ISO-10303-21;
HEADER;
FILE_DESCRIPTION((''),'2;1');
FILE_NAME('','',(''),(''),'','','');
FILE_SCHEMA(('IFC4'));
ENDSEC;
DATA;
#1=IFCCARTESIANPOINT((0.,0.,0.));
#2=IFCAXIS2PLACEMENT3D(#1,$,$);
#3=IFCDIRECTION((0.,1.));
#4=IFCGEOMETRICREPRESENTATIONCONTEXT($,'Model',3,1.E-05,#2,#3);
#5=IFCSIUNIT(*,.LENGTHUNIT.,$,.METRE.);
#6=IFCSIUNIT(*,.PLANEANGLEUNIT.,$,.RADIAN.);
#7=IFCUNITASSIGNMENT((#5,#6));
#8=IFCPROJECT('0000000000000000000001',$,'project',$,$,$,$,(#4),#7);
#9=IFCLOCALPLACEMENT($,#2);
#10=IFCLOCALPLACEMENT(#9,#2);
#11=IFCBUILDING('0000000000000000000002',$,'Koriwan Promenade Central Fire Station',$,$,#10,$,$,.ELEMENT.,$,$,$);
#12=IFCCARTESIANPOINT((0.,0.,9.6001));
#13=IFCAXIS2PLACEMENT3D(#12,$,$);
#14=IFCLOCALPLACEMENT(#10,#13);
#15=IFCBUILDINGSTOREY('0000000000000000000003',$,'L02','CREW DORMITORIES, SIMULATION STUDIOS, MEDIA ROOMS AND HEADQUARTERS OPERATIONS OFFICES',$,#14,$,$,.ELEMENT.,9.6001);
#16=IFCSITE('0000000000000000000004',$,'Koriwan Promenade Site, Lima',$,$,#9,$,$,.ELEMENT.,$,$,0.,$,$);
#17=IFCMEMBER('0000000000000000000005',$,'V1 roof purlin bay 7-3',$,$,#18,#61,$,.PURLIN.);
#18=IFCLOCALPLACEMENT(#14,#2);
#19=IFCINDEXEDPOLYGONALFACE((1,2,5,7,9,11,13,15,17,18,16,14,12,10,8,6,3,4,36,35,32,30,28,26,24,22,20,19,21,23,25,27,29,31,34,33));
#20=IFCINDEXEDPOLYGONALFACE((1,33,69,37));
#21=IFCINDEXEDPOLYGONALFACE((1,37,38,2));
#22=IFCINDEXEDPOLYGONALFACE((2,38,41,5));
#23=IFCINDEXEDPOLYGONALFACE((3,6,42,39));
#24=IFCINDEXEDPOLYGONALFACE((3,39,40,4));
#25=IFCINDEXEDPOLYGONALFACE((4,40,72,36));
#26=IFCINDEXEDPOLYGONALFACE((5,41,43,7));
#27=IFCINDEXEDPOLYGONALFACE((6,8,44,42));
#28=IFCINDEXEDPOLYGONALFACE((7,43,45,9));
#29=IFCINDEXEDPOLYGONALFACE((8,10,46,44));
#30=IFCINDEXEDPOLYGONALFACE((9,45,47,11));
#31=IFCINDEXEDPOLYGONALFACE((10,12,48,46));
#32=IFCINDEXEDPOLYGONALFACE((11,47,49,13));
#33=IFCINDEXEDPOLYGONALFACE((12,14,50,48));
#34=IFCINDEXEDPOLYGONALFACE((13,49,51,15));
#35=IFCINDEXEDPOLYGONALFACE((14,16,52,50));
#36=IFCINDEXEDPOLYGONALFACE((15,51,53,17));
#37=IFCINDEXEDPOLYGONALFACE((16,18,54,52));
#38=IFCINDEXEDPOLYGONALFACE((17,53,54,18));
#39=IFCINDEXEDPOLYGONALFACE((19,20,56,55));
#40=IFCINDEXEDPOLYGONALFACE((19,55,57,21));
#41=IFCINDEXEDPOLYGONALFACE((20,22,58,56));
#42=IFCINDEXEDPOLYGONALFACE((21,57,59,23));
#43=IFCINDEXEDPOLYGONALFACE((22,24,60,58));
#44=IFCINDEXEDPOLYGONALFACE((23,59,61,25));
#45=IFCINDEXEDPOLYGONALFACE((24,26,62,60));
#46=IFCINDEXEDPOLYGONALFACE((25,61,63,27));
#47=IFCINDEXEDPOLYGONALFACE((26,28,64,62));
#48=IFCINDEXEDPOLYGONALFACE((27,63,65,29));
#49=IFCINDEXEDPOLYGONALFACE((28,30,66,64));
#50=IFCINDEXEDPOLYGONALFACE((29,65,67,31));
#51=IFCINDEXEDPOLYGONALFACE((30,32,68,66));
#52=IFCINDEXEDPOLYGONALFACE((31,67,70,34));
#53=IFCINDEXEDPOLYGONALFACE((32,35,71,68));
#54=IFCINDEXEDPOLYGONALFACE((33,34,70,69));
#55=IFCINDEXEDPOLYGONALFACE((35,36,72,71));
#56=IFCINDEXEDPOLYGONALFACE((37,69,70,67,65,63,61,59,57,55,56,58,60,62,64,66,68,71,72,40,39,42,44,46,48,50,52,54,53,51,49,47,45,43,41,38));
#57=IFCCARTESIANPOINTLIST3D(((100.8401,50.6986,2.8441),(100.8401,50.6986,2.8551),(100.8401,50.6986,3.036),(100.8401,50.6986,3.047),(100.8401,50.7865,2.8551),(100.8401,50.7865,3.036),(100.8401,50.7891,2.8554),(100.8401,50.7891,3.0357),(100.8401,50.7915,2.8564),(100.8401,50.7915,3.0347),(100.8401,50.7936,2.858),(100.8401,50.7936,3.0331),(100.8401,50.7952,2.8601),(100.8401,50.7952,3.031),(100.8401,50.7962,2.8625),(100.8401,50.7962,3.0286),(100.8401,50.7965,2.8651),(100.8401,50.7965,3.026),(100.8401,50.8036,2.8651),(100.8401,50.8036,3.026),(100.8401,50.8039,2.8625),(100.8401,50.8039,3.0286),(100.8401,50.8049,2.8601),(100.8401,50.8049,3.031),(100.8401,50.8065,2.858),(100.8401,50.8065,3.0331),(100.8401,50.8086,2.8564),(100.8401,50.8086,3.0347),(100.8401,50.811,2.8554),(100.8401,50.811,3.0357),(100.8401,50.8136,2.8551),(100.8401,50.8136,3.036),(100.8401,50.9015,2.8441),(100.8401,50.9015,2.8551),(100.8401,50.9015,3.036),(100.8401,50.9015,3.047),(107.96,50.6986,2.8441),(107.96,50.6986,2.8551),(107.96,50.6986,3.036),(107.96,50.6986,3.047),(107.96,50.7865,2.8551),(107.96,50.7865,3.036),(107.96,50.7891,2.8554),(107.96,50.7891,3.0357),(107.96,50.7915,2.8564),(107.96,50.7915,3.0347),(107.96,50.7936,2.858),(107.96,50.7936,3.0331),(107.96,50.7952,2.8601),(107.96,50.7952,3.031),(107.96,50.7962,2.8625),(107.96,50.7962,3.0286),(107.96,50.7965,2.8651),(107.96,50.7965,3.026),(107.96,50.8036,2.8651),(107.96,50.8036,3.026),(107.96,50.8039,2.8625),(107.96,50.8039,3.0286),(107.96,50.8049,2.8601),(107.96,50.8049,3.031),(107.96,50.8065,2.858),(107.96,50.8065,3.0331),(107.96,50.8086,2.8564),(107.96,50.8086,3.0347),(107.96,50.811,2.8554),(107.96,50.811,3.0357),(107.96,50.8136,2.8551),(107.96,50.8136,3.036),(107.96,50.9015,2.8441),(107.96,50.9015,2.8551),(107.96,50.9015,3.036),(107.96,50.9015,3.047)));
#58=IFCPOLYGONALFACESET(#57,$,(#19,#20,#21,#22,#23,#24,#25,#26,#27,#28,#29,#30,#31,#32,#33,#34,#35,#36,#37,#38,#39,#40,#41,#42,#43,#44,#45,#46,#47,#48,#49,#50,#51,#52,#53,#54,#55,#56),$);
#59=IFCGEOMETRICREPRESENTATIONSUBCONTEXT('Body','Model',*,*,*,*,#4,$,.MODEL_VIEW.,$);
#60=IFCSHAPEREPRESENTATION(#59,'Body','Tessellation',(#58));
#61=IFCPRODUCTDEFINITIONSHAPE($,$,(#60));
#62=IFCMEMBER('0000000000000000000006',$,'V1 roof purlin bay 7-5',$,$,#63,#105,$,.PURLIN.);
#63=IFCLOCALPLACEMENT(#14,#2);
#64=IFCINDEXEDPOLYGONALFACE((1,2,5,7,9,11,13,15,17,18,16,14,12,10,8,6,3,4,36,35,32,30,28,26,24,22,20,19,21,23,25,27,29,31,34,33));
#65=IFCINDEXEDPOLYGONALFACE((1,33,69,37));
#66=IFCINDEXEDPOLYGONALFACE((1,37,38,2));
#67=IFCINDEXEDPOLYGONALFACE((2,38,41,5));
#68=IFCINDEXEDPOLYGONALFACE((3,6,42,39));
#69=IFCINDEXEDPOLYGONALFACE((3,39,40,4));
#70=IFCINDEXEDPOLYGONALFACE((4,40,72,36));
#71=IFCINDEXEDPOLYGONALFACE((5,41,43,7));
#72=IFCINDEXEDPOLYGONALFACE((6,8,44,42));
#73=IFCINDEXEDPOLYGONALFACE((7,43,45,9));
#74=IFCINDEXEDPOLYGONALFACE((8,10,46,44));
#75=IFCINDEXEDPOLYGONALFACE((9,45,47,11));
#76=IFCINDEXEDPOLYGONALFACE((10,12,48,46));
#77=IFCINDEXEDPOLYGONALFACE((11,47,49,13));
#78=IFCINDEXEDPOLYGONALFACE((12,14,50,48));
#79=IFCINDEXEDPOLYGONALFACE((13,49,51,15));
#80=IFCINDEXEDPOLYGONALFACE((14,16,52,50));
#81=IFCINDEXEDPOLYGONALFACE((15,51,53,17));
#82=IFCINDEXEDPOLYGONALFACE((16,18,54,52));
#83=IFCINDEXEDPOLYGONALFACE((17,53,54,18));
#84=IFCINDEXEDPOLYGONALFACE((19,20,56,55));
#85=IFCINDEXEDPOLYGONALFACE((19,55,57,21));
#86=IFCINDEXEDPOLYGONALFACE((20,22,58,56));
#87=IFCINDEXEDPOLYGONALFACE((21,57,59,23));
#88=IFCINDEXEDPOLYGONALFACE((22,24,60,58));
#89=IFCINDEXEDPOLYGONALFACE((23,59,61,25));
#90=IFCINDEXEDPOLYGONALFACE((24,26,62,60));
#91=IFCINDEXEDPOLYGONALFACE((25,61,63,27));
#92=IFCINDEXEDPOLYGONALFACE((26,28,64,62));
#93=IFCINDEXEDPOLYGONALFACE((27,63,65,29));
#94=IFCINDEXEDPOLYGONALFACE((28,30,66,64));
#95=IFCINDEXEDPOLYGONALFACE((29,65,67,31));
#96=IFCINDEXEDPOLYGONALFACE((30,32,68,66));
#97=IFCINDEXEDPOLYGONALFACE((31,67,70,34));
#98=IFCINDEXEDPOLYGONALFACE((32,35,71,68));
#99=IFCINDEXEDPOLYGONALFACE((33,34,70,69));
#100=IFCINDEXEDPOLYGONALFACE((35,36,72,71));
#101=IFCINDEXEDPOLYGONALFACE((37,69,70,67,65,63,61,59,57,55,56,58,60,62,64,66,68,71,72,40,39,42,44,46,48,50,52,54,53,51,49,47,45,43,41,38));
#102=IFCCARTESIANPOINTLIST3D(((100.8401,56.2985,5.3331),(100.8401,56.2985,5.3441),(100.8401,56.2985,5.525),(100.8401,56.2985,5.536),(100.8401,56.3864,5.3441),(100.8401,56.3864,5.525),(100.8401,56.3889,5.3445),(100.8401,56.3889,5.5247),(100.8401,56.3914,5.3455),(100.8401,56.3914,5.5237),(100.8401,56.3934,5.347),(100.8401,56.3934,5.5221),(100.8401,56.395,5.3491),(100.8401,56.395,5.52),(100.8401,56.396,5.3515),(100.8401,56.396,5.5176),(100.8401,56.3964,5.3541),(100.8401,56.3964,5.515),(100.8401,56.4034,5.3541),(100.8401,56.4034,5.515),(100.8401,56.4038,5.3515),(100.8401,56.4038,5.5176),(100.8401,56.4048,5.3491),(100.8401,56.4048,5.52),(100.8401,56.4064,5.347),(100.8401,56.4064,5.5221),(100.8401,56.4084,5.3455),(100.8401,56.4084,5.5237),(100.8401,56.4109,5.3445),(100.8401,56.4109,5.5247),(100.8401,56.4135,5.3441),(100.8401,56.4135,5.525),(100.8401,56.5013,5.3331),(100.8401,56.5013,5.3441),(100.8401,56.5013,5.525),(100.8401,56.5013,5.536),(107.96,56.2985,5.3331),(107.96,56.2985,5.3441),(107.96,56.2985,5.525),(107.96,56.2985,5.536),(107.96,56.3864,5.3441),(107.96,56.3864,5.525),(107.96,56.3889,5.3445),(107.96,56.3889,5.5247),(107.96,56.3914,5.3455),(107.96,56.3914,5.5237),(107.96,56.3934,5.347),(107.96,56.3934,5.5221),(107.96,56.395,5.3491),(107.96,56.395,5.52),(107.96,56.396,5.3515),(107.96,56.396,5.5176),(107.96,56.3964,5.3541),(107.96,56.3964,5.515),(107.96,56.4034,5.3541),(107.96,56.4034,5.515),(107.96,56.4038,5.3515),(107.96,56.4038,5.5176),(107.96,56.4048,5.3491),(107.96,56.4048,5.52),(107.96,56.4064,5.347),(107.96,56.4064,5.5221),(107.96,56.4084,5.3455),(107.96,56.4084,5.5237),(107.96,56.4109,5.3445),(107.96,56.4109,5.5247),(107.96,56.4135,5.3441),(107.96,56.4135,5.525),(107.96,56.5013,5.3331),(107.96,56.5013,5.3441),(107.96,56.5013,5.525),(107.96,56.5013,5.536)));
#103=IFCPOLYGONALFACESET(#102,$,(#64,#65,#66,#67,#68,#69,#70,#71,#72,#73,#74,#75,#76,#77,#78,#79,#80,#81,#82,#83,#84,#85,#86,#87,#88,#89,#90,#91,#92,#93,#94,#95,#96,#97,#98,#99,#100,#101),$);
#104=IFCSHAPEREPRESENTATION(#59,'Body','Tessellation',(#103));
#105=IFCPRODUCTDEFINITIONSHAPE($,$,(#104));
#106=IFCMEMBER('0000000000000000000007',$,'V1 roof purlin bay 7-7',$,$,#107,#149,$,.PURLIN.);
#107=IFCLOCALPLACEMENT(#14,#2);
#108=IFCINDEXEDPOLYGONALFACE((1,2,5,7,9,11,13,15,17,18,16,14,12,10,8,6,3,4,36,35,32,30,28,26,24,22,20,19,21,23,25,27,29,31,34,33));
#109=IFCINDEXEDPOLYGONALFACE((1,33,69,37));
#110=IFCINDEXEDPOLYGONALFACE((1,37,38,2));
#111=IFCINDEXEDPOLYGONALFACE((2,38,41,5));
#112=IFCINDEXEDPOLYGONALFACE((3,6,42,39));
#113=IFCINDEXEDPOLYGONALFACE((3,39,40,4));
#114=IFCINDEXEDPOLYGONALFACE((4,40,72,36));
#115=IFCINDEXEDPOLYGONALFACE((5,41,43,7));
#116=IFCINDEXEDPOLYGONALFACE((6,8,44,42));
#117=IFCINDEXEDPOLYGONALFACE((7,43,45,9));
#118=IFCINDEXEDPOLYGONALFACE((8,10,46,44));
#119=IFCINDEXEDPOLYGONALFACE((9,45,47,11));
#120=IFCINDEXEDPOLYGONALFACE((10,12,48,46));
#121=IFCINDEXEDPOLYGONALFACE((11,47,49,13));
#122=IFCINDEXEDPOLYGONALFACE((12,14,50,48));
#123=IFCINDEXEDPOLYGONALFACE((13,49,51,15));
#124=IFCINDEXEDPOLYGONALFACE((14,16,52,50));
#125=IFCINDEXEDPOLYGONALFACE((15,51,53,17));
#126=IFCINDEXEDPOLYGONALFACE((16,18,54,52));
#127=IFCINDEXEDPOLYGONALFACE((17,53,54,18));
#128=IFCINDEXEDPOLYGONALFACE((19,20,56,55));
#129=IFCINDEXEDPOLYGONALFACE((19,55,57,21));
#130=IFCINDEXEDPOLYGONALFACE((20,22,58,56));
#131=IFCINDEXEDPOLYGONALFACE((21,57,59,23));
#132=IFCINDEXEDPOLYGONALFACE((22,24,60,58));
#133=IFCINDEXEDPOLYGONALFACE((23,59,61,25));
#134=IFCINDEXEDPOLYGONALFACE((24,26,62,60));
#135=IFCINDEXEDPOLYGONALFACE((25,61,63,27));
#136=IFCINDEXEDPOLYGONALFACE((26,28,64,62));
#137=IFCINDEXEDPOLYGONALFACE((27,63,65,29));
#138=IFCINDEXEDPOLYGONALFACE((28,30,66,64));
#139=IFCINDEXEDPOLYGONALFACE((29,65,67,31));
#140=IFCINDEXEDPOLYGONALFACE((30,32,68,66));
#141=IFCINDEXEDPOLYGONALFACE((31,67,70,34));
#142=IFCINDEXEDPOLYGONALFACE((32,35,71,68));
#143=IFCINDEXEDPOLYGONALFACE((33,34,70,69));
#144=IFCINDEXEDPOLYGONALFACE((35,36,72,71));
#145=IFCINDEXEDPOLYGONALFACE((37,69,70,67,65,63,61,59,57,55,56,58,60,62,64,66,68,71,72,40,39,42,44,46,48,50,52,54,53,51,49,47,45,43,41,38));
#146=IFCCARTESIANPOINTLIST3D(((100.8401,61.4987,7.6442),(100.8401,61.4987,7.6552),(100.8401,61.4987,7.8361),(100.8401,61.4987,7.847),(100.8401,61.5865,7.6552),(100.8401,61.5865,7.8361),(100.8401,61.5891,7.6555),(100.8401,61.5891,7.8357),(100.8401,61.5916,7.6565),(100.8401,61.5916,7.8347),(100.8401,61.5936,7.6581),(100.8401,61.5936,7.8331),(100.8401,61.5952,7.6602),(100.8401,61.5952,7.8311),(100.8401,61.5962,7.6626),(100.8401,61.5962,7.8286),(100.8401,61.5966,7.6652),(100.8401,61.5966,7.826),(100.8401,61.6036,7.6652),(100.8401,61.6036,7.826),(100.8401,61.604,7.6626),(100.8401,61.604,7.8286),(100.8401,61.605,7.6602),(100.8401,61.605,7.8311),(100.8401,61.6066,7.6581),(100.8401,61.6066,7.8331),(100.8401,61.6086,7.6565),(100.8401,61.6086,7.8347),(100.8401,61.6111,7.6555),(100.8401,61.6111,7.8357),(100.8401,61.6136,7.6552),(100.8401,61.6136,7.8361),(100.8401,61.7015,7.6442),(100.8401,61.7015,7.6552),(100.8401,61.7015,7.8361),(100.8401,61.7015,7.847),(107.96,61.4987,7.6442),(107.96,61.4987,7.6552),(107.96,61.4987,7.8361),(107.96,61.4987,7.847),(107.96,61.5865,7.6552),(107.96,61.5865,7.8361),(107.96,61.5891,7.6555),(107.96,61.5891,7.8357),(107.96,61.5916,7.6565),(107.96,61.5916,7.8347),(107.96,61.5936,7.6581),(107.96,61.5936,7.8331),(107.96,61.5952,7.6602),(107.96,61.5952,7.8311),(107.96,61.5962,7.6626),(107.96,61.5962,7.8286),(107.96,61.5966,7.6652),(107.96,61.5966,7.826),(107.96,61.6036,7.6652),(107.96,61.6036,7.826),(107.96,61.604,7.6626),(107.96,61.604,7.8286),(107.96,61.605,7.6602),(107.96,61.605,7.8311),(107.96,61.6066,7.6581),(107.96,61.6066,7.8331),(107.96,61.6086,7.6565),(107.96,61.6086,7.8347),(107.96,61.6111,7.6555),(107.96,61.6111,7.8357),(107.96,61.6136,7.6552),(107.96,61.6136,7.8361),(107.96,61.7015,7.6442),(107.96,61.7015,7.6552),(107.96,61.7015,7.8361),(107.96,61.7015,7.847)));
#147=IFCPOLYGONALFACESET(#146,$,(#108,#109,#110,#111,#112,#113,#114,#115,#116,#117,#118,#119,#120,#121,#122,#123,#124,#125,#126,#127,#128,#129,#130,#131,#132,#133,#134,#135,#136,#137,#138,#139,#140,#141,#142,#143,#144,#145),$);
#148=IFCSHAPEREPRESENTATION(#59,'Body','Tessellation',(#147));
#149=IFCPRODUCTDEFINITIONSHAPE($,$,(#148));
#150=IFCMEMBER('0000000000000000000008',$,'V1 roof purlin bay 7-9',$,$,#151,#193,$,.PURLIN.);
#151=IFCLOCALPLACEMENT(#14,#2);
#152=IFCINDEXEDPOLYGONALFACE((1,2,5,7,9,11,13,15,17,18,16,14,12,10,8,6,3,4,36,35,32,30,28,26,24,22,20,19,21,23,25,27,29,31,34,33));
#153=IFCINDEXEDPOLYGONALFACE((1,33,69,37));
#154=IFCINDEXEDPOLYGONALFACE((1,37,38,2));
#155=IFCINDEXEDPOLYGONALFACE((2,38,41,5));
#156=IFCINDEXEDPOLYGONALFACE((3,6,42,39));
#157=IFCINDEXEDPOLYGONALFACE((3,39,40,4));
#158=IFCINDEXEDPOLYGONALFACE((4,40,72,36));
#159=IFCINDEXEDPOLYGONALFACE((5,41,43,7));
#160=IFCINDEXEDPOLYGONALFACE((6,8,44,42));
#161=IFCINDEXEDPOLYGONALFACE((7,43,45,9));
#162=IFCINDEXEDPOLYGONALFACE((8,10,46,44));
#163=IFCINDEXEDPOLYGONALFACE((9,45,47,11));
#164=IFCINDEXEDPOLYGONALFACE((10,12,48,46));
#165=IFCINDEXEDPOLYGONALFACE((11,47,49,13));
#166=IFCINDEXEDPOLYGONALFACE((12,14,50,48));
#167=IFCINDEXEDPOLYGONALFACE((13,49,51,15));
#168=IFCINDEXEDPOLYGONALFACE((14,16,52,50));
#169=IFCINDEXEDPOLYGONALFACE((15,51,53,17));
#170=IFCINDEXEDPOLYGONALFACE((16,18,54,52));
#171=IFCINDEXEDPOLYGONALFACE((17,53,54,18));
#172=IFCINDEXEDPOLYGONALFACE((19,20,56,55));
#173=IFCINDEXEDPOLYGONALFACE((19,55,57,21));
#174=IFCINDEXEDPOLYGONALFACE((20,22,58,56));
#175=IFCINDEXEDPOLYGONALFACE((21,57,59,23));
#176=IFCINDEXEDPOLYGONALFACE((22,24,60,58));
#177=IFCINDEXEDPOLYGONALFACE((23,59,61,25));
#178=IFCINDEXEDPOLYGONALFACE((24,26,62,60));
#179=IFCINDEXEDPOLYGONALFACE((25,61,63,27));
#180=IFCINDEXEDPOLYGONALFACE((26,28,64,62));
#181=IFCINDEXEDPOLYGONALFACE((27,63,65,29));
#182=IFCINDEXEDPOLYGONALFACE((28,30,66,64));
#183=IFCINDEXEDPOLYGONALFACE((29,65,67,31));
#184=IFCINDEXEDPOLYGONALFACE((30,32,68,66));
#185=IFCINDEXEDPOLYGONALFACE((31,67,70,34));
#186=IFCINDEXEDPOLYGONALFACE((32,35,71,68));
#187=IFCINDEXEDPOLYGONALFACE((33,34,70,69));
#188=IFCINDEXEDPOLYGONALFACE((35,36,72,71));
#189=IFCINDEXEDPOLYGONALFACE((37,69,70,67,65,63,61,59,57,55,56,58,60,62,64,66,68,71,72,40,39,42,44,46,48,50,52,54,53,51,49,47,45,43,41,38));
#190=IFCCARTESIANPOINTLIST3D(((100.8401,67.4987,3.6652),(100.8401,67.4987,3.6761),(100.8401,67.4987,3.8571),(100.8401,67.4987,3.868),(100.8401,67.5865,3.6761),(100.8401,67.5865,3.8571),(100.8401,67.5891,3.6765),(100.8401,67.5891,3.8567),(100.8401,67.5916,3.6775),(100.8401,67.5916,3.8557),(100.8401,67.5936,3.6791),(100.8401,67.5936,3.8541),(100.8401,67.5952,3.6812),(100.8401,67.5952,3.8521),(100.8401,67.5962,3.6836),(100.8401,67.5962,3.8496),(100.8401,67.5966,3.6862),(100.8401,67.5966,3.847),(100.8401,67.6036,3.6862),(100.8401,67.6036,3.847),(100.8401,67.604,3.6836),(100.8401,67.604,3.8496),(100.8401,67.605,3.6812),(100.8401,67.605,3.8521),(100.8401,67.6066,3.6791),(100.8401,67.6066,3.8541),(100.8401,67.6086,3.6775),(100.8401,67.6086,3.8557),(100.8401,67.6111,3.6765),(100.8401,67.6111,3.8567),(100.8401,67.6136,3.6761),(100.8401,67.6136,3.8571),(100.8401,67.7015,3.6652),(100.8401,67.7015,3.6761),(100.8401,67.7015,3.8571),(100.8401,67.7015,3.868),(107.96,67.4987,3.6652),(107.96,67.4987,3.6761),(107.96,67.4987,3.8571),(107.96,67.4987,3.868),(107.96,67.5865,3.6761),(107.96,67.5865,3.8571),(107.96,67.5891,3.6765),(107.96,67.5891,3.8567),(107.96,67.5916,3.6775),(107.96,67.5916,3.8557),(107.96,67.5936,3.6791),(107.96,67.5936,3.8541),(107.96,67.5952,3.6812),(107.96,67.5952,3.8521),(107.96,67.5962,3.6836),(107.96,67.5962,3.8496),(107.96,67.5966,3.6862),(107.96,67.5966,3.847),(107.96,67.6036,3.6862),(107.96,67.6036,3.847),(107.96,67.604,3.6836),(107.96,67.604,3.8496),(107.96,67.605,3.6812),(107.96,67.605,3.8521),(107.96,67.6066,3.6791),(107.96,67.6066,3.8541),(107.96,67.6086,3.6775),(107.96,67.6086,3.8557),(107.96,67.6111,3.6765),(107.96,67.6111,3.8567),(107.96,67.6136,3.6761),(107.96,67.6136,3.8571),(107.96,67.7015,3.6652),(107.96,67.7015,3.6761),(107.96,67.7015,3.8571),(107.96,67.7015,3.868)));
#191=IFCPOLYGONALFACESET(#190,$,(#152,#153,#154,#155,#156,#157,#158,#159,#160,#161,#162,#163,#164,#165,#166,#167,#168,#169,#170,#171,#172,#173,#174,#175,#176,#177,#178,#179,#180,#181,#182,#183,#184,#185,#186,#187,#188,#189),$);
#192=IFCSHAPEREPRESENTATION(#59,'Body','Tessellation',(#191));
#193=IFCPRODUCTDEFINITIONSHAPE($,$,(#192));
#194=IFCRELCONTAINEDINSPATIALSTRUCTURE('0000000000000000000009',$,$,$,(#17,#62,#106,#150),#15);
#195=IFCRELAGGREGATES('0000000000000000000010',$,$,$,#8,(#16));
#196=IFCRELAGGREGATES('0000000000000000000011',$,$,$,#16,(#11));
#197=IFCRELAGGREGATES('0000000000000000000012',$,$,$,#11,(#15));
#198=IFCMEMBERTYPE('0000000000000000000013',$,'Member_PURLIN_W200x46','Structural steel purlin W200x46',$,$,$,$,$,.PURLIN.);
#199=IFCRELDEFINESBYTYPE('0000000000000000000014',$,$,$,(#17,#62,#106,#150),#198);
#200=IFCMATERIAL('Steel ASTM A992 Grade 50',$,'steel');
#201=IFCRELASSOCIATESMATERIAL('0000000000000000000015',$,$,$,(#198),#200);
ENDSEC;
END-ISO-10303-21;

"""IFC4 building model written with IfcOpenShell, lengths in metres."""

from ifc_helpers import new_model, si_unit, direction, frame, origin, origin_2d, place, context, subcontext, project, spatial, i_section, extrude, material, material_profile, profile_set, type_object, element, save


model = new_model("IFC4")

# Units and contexts
model_context = context("Model", 3, precision=1e-05, world=origin(), true_north=direction((0.0, 1.0)))
body_context = subcontext(model_context, "Body", "Model", "MODEL_VIEW")
ifc_project = project(units=[si_unit("LENGTHUNIT", "METRE"), si_unit("PLANEANGLEUNIT", "RADIAN")], contexts=[model_context])

# Site, building, storey
site_placement = place(None, origin())
site = spatial("IfcSite", under=ifc_project, at=site_placement, Name="Koriwan Promenade Site, Lima", CompositionType="ELEMENT", RefElevation=0.0)
building_placement = place(site_placement, origin())
building = spatial("IfcBuilding", under=site, at=building_placement, Name="Koriwan Promenade Central Fire Station", CompositionType="ELEMENT")
storey_placement = place(building_placement, frame((0.0, 0.0, 9.6001)))
storey = spatial("IfcBuildingStorey", under=building, at=storey_placement, Name="L02", Description="CREW DORMITORIES, SIMULATION STUDIOS, MEDIA ROOMS AND HEADQUARTERS OPERATIONS OFFICES", CompositionType="ELEMENT", Elevation=9.6001)

# Members
ifc_material_1 = material(Name="Steel ASTM A992 Grade 50", Category="steel")
ifc_material_profile_1 = material_profile(ifc_material_1, i_section(OverallWidth=0.2029, OverallDepth=0.2029, WebThickness=0.0071, FlangeThickness=0.011, FilletRadius=0.01, at=origin_2d()), Name="W200x46")
ifc_profile_set_1 = profile_set([ifc_material_profile_1], Name="Steel ASTM A992 Grade 50")
member_type_1 = type_object("IfcMemberType", Name="Member_PURLIN_W200x46", Description="Structural steel purlin W200x46", PredefinedType="PURLIN", material=ifc_profile_set_1)
for number, where, z_axis, x_axis, name in (
    (1, (100.8401, 50.8, 2.9456), (1.0, 0.0, 0.0), (0.0, 1.0, 0.0), "V1 roof purlin bay 7-3"),
    (2, (100.8401, 56.3999, 5.4346), (1.0, 0.0, 0.0), (0.0, 1.0, 0.0), "V1 roof purlin bay 7-5"),
    (3, (100.8401, 61.6001, 7.7456), (1.0, 0.0, 0.0), (0.0, 1.0, 0.0), "V1 roof purlin bay 7-7"),
    (4, (100.8401, 67.6001, 3.7666), (1.0, 0.0, 0.0), (0.0, 1.0, 0.0), "V1 roof purlin bay 7-9"),
):
    element("IfcMember", number, at=place(storey_placement, frame(where, z_axis=z_axis, x_axis=x_axis)), inside=storey, type_object=member_type_1, Name=name, PredefinedType="PURLIN", context=body_context, shape_type="SweptSolid", body=[
        extrude(i_section(OverallWidth=0.2029, OverallDepth=0.2029, WebThickness=0.0071, FlangeThickness=0.011, FilletRadius=0.01, at=origin_2d()), origin(), (0.0, 0.0, 1.0), 7.1199),
    ])

save(model, "model.ifc")
